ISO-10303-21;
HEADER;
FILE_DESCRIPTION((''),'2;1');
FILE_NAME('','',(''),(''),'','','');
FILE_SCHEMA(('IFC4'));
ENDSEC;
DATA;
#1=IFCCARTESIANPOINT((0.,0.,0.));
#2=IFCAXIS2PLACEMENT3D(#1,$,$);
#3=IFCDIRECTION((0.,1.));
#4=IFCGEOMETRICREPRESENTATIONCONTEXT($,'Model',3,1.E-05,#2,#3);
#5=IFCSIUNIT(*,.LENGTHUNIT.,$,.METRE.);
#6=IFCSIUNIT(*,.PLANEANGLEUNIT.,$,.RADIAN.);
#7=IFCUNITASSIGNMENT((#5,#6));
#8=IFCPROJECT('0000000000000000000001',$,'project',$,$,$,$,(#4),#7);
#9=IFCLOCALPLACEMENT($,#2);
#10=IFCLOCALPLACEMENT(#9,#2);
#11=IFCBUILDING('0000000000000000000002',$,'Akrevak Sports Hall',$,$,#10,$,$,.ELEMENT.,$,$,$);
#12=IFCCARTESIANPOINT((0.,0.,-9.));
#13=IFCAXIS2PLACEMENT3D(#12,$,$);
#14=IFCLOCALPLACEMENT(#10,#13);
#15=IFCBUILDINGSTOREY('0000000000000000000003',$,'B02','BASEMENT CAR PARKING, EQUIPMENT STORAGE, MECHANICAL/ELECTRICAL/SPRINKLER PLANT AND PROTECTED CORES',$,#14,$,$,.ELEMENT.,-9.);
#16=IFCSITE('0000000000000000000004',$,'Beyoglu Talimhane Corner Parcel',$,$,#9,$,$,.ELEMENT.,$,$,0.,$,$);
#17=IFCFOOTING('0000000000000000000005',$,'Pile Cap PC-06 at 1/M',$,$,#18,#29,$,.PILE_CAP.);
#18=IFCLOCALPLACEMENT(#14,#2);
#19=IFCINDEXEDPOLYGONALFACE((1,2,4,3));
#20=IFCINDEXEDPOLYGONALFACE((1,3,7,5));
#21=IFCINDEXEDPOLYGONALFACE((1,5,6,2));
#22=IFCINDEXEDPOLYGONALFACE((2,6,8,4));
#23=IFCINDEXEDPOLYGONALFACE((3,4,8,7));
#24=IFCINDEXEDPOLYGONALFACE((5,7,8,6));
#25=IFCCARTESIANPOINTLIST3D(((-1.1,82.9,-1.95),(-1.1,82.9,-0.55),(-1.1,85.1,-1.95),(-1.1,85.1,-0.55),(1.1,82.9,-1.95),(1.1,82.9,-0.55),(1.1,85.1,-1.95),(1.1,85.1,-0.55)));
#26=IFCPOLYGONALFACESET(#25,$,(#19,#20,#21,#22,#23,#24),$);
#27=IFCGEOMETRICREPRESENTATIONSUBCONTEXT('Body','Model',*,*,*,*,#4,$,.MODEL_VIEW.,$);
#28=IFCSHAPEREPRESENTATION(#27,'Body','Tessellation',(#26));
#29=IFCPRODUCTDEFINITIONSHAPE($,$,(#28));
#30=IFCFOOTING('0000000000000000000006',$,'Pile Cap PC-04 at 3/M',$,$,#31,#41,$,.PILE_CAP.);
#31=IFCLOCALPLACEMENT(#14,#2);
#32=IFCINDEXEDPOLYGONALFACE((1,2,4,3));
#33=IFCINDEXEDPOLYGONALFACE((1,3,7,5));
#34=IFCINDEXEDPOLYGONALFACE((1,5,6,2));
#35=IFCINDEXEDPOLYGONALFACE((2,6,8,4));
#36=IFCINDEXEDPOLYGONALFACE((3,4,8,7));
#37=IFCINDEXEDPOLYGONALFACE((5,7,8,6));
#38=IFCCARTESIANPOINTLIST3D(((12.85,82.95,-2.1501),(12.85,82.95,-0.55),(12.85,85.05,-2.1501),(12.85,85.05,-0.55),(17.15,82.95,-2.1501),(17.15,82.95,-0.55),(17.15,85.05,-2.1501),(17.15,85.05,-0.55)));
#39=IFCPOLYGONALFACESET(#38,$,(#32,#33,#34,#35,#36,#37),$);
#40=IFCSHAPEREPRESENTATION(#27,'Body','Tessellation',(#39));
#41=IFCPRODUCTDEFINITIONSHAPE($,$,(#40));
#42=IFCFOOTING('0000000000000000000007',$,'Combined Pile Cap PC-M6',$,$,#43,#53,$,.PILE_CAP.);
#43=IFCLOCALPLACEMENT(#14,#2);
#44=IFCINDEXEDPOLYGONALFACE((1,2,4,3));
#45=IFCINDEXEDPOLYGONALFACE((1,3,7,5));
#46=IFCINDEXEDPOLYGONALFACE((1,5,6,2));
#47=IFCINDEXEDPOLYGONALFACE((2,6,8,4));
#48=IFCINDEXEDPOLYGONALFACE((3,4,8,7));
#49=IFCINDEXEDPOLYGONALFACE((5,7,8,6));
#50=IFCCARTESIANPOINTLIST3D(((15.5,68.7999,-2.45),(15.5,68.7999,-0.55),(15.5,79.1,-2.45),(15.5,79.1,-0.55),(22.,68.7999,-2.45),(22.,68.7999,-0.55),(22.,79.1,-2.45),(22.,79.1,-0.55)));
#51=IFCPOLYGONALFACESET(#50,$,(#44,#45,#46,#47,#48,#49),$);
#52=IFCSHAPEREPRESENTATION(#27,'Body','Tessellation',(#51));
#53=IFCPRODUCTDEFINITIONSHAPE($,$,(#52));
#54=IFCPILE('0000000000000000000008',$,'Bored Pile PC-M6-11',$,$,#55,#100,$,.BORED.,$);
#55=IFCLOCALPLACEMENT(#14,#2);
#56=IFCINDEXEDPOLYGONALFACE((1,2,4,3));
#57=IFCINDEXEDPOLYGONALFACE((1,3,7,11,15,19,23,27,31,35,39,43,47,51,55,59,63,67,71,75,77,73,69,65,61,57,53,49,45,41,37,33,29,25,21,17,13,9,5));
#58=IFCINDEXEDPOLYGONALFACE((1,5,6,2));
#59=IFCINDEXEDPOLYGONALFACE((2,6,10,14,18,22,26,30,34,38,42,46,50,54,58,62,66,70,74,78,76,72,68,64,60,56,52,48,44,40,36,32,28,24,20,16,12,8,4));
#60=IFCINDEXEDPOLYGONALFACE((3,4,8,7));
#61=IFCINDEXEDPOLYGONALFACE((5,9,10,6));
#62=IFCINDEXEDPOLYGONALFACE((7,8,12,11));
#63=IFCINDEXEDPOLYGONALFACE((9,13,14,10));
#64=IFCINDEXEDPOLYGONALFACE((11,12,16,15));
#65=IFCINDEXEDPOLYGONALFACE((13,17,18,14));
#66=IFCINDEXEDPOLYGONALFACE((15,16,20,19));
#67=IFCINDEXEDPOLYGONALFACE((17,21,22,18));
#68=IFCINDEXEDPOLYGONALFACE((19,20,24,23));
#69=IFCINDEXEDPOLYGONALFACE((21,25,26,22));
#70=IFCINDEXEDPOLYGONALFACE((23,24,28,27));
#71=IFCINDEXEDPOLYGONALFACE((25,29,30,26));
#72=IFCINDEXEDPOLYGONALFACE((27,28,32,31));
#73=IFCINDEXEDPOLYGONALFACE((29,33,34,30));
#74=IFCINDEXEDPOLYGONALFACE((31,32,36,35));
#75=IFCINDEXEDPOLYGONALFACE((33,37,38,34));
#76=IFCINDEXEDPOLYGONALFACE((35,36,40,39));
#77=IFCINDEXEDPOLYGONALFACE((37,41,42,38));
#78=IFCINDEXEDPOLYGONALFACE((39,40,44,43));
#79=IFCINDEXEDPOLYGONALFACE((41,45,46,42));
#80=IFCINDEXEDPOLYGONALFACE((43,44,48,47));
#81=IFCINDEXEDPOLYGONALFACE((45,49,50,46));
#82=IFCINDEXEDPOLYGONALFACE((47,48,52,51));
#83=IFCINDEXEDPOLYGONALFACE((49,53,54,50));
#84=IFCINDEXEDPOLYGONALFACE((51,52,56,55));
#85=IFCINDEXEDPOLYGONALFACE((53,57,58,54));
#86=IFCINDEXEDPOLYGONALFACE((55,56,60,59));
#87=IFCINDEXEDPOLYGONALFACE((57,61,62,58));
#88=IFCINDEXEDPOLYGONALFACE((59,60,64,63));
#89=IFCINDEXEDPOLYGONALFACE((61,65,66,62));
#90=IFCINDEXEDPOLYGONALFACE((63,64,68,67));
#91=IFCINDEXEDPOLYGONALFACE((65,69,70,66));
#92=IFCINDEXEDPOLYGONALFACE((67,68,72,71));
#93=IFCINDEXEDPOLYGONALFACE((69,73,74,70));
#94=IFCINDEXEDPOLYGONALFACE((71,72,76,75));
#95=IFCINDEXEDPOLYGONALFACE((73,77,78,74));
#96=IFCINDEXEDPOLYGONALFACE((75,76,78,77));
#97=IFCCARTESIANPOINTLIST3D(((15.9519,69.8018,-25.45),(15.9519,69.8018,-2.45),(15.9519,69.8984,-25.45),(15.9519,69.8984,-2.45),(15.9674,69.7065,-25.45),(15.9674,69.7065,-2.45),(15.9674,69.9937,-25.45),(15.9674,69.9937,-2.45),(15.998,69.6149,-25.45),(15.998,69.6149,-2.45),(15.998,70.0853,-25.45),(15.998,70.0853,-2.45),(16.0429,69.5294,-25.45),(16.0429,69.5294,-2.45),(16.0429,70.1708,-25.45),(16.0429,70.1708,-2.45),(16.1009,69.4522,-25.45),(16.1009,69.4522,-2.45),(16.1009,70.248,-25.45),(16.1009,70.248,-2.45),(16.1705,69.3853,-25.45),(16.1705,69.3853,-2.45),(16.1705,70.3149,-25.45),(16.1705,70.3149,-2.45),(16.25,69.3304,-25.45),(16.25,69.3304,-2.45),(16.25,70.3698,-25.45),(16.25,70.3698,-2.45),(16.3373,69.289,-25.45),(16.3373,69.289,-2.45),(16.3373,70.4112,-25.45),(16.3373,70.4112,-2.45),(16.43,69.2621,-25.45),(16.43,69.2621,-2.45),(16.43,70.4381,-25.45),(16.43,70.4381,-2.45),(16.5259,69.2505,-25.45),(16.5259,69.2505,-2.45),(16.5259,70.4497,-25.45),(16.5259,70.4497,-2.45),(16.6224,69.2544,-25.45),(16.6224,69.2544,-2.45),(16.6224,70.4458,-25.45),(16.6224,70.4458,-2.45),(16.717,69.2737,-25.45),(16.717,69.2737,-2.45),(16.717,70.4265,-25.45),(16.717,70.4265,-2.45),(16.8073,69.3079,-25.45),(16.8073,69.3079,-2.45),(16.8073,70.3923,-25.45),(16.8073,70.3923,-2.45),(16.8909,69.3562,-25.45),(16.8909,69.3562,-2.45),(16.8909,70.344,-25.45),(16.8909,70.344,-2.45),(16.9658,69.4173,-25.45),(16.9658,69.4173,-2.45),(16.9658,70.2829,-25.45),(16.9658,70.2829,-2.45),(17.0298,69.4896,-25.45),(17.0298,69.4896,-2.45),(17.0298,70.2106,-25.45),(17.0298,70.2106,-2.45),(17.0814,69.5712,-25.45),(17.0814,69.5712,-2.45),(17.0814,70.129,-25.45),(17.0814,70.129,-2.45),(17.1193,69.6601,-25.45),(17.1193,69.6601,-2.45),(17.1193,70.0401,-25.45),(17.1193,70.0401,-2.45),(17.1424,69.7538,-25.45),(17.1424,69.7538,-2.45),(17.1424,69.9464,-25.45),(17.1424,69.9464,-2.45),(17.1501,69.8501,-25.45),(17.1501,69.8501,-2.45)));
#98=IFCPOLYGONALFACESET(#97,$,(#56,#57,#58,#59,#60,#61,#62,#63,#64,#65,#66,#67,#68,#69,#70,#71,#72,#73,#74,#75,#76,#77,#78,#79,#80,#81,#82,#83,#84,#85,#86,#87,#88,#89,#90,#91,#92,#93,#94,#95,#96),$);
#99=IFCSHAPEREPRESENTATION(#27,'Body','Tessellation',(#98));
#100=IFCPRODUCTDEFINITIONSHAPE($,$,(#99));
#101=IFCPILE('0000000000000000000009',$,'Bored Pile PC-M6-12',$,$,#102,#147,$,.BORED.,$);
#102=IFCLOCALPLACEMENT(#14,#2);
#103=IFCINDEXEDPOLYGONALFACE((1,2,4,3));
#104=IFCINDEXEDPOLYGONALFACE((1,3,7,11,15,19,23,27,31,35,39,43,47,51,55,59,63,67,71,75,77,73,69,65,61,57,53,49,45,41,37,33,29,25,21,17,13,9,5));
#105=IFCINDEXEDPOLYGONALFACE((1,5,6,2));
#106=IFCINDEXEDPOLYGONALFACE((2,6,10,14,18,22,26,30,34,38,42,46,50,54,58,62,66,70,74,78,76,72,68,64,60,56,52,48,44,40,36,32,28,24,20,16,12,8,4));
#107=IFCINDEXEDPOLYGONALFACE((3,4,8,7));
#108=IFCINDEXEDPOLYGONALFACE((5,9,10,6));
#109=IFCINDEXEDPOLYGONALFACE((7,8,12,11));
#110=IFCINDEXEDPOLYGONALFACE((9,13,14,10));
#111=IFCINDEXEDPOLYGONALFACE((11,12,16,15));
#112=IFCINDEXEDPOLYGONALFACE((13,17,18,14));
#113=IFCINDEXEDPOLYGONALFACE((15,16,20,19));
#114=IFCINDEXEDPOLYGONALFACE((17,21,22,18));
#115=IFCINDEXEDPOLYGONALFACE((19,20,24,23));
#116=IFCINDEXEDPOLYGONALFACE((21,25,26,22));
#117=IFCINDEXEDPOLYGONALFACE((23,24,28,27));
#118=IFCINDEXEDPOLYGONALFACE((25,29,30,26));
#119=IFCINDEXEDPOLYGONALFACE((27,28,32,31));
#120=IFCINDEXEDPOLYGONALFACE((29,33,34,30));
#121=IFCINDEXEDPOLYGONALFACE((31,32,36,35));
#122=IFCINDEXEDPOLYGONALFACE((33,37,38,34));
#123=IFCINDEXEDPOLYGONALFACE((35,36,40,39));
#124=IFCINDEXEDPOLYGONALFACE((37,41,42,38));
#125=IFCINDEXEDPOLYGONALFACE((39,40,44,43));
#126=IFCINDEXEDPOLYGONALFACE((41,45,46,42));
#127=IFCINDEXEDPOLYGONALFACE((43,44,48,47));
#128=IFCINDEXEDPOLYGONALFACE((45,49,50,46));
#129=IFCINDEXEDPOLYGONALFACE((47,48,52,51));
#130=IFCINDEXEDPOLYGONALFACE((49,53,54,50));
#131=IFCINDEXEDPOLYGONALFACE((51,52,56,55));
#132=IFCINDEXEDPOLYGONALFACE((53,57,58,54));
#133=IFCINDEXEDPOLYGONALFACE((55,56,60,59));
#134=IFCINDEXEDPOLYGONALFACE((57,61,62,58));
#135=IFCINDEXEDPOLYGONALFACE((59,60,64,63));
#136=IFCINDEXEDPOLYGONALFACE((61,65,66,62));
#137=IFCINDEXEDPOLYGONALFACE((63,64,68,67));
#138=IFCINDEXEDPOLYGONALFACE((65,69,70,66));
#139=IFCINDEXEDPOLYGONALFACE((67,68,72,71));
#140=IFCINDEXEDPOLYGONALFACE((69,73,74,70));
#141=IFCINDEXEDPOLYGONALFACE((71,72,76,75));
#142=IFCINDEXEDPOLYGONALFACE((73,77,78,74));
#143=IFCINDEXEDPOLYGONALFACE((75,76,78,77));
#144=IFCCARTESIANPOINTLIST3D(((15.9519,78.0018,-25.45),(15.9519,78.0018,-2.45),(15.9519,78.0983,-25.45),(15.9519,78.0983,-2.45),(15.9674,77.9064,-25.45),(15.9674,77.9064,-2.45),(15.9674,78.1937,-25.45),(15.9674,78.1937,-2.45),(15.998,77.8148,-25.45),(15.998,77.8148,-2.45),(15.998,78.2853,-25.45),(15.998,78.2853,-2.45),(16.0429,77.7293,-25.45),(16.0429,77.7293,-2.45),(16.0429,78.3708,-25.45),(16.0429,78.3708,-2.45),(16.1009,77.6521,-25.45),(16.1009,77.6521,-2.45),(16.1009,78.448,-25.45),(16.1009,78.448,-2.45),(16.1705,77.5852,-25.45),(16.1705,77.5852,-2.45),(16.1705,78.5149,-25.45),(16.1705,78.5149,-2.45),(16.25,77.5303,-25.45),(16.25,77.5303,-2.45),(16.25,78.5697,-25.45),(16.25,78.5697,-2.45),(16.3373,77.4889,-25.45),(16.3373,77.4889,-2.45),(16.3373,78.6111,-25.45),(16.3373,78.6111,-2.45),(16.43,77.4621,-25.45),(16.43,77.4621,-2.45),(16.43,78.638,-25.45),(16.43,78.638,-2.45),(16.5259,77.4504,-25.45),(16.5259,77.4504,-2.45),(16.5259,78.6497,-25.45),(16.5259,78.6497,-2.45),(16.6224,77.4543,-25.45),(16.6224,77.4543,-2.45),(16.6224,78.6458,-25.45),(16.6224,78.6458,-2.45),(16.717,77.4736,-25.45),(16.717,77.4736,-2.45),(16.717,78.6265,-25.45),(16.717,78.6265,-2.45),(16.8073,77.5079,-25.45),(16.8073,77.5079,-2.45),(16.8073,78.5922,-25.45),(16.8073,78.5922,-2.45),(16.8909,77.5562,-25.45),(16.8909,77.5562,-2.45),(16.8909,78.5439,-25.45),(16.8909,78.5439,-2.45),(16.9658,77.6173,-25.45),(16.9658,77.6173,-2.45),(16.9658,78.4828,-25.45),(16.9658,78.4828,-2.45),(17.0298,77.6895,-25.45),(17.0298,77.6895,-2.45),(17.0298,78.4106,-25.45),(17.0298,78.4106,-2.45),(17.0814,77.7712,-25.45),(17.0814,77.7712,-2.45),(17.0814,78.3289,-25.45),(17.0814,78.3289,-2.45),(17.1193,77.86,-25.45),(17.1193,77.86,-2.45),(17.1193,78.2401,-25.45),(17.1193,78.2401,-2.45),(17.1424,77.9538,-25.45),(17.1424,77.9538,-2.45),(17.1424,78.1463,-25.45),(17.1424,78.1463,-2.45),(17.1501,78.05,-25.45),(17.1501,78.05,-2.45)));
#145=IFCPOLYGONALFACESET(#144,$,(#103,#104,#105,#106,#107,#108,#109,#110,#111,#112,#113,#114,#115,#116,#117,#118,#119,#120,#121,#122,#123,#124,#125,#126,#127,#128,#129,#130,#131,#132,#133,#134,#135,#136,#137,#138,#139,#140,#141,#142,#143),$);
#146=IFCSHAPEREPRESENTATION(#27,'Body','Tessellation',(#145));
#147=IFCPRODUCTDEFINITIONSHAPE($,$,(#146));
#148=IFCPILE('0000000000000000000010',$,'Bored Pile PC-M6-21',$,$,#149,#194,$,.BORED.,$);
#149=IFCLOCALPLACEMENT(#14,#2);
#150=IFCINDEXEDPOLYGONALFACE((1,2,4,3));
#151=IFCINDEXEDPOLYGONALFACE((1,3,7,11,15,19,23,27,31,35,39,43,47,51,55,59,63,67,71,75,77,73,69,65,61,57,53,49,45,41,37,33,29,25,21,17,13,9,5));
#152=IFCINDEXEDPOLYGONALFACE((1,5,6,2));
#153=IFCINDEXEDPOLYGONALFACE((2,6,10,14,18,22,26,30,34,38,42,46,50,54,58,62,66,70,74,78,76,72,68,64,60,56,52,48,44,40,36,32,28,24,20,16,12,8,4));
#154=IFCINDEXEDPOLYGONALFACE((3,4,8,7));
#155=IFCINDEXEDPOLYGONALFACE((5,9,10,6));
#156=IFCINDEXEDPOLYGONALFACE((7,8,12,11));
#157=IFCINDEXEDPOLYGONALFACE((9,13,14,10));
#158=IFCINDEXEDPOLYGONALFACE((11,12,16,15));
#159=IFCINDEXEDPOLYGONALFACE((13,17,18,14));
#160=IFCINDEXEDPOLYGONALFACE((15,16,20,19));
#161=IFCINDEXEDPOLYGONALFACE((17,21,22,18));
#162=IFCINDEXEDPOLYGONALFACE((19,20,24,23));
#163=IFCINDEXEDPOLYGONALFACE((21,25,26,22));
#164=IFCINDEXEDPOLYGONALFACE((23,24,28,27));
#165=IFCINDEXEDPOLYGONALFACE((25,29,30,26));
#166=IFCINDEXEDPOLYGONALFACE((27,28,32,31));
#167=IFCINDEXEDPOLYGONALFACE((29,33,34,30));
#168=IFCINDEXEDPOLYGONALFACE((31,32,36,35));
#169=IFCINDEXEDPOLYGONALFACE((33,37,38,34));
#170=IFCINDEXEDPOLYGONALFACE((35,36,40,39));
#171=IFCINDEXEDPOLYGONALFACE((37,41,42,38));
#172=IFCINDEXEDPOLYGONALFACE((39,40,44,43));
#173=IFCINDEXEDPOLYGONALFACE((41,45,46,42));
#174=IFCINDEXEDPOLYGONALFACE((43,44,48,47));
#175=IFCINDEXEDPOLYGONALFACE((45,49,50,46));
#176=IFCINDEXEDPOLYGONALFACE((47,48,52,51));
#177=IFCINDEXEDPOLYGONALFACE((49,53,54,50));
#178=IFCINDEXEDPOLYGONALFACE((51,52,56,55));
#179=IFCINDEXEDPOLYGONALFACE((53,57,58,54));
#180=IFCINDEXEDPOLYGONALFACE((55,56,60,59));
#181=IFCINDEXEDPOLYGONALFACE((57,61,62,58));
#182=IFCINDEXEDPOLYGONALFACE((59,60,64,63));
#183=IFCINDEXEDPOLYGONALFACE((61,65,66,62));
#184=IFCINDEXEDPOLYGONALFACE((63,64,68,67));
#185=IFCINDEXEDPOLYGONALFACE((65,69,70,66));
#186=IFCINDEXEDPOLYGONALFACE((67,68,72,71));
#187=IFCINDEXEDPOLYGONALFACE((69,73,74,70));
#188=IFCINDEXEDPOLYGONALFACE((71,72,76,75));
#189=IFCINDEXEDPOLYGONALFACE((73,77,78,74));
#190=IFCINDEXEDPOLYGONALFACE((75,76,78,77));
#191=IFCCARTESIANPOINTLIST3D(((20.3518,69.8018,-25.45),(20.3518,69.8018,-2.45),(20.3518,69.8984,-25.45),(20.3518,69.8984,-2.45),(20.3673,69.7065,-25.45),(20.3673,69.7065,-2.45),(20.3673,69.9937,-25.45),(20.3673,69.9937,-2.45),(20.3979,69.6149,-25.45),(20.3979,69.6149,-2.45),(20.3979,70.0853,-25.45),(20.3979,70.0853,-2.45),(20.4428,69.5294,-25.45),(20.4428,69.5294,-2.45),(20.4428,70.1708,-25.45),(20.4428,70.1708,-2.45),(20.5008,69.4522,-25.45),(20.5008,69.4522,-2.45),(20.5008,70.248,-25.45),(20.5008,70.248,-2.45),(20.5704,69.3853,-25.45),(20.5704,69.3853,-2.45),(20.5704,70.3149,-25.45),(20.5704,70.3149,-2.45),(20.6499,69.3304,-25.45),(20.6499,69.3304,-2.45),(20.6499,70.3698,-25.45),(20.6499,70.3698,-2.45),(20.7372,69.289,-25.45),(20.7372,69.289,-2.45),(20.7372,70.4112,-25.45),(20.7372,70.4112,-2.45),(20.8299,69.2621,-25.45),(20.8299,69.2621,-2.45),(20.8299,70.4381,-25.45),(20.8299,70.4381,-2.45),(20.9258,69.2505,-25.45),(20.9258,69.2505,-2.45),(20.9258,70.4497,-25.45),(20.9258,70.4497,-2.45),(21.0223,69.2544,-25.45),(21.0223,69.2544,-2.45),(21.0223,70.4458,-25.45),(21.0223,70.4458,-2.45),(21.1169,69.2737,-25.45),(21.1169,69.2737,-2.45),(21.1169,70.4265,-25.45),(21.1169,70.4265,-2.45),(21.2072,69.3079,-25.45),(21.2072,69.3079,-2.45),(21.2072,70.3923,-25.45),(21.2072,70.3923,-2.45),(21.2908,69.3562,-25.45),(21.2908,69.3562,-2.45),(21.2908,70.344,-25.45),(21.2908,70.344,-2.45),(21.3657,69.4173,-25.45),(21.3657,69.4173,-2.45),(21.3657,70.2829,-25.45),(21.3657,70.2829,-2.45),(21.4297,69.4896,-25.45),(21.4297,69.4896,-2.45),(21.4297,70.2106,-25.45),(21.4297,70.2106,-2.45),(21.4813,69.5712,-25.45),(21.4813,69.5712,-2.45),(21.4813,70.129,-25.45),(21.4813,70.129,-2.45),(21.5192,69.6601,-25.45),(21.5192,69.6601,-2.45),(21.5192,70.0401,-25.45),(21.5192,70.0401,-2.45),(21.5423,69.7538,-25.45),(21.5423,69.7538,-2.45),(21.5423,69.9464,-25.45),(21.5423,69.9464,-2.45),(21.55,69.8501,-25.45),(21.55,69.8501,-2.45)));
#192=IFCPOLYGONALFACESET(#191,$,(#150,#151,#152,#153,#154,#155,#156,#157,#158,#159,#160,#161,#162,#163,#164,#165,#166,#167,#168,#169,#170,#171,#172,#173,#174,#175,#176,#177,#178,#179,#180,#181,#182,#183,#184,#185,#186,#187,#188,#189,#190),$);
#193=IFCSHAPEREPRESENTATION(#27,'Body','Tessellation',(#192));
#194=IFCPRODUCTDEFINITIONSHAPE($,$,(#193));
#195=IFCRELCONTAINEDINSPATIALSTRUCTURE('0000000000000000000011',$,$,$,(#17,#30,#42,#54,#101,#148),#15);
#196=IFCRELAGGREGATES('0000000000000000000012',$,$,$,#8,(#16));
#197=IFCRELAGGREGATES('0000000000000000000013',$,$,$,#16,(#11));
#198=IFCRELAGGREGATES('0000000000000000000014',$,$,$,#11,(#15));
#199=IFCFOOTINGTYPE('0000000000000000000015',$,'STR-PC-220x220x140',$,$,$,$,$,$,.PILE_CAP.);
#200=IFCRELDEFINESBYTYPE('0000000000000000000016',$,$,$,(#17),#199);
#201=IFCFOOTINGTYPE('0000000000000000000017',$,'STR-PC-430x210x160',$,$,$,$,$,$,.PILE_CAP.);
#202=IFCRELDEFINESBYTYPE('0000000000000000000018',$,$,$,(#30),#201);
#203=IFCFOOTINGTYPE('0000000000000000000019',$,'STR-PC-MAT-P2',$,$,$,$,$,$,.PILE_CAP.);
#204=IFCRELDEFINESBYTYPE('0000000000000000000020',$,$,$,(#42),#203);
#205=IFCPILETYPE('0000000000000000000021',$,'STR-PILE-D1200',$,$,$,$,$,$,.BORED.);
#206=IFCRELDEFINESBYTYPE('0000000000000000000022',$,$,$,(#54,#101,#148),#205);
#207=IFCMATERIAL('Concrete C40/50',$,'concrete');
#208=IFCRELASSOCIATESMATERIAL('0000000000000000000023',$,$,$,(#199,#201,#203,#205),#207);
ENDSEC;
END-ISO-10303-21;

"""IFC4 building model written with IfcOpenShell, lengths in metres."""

from ifc_helpers import new_model, si_unit, direction, frame, origin, origin_2d, place, context, subcontext, project, spatial, rectangle, circle, extrude, material, material_profile, profile_set, type_object, element, save


model = new_model("IFC4")

# Units and contexts
model_context = context("Model", 3, precision=1e-05, world=origin(), true_north=direction((0.0, 1.0)))
body_context = subcontext(model_context, "Body", "Model", "MODEL_VIEW")
ifc_project = project(units=[si_unit("LENGTHUNIT", "METRE"), si_unit("PLANEANGLEUNIT", "RADIAN")], contexts=[model_context])

# Site, building, storey
site_placement = place(None, origin())
site = spatial("IfcSite", under=ifc_project, at=site_placement, Name="Beyoglu Talimhane Corner Parcel", CompositionType="ELEMENT", RefElevation=0.0)
building_placement = place(site_placement, origin())
building = spatial("IfcBuilding", under=site, at=building_placement, Name="Akrevak Sports Hall", CompositionType="ELEMENT")
storey_placement = place(building_placement, frame((0.0, 0.0, -9.0)))
storey = spatial("IfcBuildingStorey", under=building, at=storey_placement, Name="B02", Description="BASEMENT CAR PARKING, EQUIPMENT STORAGE, MECHANICAL/ELECTRICAL/SPRINKLER PLANT AND PROTECTED CORES", CompositionType="ELEMENT", Elevation=-9.0)

# Footings
ifc_material_1 = material(Name="Concrete C40/50", Category="concrete")
footing_type_1 = type_object("IfcFootingType", Name="STR-PC-220x220x140", PredefinedType="PILE_CAP", material=ifc_material_1)
footing_1_placement = place(storey_placement, frame((0.0, 84.0, -1.95), z_axis=(0.0, 0.0, 1.0), x_axis=(1.0, 0.0, 0.0)))
element("IfcFooting", 1, at=footing_1_placement, inside=storey, type_object=footing_type_1, Name="Pile Cap PC-06 at 1/M", PredefinedType="PILE_CAP", context=body_context, shape_type="SweptSolid", body=[
    extrude(rectangle(XDim=2.2, YDim=2.2, at=origin_2d()), origin(), (0.0, 0.0, 1.0), 1.3999),
])
footing_type_2 = type_object("IfcFootingType", Name="STR-PC-430x210x160", PredefinedType="PILE_CAP", material=ifc_material_1)
footing_2_placement = place(storey_placement, frame((15.0, 84.0, -2.1501), z_axis=(0.0, 0.0, 1.0), x_axis=(1.0, 0.0, 0.0)))
element("IfcFooting", 2, at=footing_2_placement, inside=storey, type_object=footing_type_2, Name="Pile Cap PC-04 at 3/M", PredefinedType="PILE_CAP", context=body_context, shape_type="SweptSolid", body=[
    extrude(rectangle(XDim=4.3, YDim=2.1001, at=origin_2d()), origin(), (0.0, 0.0, 1.0), 1.6001),
])
footing_type_3 = type_object("IfcFootingType", Name="STR-PC-MAT-P2", PredefinedType="PILE_CAP", material=ifc_material_1)
footing_3_placement = place(storey_placement, frame((18.75, 73.95, -2.45), z_axis=(0.0, 0.0, 1.0), x_axis=(1.0, 0.0, 0.0)))
element("IfcFooting", 3, at=footing_3_placement, inside=storey, type_object=footing_type_3, Name="Combined Pile Cap PC-M6", PredefinedType="PILE_CAP", context=body_context, shape_type="SweptSolid", body=[
    extrude(rectangle(XDim=6.5, YDim=10.3, at=origin_2d()), origin(), (0.0, 0.0, 1.0), 1.8999),
])

# Piles
ifc_material_profile_1 = material_profile(ifc_material_1, circle(Radius=0.6001, at=origin_2d()), Name="BORED PILE D1200", Category="concrete")
ifc_profile_set_1 = profile_set([ifc_material_profile_1], Name="Concrete C40/50")
pile_type_1 = type_object("IfcPileType", Name="STR-PILE-D1200", PredefinedType="BORED", material=ifc_profile_set_1)
for number, where, z_axis, x_axis, name in (
    (4, (16.55, 69.8501, -2.45), (0.0, 0.0, -1.0), (1.0, 0.0, 0.0), "Bored Pile PC-M6-11"),
    (5, (16.55, 78.05, -2.45), (0.0, 0.0, -1.0), (1.0, 0.0, 0.0), "Bored Pile PC-M6-12"),
    (6, (20.95, 69.8501, -2.45), (0.0, 0.0, -1.0), (1.0, 0.0, 0.0), "Bored Pile PC-M6-21"),
):
    element("IfcPile", number, at=place(storey_placement, frame(where, z_axis=z_axis, x_axis=x_axis)), inside=storey, type_object=pile_type_1, Name=name, PredefinedType="BORED", context=body_context, shape_type="SweptSolid", body=[
        extrude(circle(Radius=0.6001, at=origin_2d()), origin(), (0.0, 0.0, 1.0), 23.0),
    ])

save(model, "model.ifc")
